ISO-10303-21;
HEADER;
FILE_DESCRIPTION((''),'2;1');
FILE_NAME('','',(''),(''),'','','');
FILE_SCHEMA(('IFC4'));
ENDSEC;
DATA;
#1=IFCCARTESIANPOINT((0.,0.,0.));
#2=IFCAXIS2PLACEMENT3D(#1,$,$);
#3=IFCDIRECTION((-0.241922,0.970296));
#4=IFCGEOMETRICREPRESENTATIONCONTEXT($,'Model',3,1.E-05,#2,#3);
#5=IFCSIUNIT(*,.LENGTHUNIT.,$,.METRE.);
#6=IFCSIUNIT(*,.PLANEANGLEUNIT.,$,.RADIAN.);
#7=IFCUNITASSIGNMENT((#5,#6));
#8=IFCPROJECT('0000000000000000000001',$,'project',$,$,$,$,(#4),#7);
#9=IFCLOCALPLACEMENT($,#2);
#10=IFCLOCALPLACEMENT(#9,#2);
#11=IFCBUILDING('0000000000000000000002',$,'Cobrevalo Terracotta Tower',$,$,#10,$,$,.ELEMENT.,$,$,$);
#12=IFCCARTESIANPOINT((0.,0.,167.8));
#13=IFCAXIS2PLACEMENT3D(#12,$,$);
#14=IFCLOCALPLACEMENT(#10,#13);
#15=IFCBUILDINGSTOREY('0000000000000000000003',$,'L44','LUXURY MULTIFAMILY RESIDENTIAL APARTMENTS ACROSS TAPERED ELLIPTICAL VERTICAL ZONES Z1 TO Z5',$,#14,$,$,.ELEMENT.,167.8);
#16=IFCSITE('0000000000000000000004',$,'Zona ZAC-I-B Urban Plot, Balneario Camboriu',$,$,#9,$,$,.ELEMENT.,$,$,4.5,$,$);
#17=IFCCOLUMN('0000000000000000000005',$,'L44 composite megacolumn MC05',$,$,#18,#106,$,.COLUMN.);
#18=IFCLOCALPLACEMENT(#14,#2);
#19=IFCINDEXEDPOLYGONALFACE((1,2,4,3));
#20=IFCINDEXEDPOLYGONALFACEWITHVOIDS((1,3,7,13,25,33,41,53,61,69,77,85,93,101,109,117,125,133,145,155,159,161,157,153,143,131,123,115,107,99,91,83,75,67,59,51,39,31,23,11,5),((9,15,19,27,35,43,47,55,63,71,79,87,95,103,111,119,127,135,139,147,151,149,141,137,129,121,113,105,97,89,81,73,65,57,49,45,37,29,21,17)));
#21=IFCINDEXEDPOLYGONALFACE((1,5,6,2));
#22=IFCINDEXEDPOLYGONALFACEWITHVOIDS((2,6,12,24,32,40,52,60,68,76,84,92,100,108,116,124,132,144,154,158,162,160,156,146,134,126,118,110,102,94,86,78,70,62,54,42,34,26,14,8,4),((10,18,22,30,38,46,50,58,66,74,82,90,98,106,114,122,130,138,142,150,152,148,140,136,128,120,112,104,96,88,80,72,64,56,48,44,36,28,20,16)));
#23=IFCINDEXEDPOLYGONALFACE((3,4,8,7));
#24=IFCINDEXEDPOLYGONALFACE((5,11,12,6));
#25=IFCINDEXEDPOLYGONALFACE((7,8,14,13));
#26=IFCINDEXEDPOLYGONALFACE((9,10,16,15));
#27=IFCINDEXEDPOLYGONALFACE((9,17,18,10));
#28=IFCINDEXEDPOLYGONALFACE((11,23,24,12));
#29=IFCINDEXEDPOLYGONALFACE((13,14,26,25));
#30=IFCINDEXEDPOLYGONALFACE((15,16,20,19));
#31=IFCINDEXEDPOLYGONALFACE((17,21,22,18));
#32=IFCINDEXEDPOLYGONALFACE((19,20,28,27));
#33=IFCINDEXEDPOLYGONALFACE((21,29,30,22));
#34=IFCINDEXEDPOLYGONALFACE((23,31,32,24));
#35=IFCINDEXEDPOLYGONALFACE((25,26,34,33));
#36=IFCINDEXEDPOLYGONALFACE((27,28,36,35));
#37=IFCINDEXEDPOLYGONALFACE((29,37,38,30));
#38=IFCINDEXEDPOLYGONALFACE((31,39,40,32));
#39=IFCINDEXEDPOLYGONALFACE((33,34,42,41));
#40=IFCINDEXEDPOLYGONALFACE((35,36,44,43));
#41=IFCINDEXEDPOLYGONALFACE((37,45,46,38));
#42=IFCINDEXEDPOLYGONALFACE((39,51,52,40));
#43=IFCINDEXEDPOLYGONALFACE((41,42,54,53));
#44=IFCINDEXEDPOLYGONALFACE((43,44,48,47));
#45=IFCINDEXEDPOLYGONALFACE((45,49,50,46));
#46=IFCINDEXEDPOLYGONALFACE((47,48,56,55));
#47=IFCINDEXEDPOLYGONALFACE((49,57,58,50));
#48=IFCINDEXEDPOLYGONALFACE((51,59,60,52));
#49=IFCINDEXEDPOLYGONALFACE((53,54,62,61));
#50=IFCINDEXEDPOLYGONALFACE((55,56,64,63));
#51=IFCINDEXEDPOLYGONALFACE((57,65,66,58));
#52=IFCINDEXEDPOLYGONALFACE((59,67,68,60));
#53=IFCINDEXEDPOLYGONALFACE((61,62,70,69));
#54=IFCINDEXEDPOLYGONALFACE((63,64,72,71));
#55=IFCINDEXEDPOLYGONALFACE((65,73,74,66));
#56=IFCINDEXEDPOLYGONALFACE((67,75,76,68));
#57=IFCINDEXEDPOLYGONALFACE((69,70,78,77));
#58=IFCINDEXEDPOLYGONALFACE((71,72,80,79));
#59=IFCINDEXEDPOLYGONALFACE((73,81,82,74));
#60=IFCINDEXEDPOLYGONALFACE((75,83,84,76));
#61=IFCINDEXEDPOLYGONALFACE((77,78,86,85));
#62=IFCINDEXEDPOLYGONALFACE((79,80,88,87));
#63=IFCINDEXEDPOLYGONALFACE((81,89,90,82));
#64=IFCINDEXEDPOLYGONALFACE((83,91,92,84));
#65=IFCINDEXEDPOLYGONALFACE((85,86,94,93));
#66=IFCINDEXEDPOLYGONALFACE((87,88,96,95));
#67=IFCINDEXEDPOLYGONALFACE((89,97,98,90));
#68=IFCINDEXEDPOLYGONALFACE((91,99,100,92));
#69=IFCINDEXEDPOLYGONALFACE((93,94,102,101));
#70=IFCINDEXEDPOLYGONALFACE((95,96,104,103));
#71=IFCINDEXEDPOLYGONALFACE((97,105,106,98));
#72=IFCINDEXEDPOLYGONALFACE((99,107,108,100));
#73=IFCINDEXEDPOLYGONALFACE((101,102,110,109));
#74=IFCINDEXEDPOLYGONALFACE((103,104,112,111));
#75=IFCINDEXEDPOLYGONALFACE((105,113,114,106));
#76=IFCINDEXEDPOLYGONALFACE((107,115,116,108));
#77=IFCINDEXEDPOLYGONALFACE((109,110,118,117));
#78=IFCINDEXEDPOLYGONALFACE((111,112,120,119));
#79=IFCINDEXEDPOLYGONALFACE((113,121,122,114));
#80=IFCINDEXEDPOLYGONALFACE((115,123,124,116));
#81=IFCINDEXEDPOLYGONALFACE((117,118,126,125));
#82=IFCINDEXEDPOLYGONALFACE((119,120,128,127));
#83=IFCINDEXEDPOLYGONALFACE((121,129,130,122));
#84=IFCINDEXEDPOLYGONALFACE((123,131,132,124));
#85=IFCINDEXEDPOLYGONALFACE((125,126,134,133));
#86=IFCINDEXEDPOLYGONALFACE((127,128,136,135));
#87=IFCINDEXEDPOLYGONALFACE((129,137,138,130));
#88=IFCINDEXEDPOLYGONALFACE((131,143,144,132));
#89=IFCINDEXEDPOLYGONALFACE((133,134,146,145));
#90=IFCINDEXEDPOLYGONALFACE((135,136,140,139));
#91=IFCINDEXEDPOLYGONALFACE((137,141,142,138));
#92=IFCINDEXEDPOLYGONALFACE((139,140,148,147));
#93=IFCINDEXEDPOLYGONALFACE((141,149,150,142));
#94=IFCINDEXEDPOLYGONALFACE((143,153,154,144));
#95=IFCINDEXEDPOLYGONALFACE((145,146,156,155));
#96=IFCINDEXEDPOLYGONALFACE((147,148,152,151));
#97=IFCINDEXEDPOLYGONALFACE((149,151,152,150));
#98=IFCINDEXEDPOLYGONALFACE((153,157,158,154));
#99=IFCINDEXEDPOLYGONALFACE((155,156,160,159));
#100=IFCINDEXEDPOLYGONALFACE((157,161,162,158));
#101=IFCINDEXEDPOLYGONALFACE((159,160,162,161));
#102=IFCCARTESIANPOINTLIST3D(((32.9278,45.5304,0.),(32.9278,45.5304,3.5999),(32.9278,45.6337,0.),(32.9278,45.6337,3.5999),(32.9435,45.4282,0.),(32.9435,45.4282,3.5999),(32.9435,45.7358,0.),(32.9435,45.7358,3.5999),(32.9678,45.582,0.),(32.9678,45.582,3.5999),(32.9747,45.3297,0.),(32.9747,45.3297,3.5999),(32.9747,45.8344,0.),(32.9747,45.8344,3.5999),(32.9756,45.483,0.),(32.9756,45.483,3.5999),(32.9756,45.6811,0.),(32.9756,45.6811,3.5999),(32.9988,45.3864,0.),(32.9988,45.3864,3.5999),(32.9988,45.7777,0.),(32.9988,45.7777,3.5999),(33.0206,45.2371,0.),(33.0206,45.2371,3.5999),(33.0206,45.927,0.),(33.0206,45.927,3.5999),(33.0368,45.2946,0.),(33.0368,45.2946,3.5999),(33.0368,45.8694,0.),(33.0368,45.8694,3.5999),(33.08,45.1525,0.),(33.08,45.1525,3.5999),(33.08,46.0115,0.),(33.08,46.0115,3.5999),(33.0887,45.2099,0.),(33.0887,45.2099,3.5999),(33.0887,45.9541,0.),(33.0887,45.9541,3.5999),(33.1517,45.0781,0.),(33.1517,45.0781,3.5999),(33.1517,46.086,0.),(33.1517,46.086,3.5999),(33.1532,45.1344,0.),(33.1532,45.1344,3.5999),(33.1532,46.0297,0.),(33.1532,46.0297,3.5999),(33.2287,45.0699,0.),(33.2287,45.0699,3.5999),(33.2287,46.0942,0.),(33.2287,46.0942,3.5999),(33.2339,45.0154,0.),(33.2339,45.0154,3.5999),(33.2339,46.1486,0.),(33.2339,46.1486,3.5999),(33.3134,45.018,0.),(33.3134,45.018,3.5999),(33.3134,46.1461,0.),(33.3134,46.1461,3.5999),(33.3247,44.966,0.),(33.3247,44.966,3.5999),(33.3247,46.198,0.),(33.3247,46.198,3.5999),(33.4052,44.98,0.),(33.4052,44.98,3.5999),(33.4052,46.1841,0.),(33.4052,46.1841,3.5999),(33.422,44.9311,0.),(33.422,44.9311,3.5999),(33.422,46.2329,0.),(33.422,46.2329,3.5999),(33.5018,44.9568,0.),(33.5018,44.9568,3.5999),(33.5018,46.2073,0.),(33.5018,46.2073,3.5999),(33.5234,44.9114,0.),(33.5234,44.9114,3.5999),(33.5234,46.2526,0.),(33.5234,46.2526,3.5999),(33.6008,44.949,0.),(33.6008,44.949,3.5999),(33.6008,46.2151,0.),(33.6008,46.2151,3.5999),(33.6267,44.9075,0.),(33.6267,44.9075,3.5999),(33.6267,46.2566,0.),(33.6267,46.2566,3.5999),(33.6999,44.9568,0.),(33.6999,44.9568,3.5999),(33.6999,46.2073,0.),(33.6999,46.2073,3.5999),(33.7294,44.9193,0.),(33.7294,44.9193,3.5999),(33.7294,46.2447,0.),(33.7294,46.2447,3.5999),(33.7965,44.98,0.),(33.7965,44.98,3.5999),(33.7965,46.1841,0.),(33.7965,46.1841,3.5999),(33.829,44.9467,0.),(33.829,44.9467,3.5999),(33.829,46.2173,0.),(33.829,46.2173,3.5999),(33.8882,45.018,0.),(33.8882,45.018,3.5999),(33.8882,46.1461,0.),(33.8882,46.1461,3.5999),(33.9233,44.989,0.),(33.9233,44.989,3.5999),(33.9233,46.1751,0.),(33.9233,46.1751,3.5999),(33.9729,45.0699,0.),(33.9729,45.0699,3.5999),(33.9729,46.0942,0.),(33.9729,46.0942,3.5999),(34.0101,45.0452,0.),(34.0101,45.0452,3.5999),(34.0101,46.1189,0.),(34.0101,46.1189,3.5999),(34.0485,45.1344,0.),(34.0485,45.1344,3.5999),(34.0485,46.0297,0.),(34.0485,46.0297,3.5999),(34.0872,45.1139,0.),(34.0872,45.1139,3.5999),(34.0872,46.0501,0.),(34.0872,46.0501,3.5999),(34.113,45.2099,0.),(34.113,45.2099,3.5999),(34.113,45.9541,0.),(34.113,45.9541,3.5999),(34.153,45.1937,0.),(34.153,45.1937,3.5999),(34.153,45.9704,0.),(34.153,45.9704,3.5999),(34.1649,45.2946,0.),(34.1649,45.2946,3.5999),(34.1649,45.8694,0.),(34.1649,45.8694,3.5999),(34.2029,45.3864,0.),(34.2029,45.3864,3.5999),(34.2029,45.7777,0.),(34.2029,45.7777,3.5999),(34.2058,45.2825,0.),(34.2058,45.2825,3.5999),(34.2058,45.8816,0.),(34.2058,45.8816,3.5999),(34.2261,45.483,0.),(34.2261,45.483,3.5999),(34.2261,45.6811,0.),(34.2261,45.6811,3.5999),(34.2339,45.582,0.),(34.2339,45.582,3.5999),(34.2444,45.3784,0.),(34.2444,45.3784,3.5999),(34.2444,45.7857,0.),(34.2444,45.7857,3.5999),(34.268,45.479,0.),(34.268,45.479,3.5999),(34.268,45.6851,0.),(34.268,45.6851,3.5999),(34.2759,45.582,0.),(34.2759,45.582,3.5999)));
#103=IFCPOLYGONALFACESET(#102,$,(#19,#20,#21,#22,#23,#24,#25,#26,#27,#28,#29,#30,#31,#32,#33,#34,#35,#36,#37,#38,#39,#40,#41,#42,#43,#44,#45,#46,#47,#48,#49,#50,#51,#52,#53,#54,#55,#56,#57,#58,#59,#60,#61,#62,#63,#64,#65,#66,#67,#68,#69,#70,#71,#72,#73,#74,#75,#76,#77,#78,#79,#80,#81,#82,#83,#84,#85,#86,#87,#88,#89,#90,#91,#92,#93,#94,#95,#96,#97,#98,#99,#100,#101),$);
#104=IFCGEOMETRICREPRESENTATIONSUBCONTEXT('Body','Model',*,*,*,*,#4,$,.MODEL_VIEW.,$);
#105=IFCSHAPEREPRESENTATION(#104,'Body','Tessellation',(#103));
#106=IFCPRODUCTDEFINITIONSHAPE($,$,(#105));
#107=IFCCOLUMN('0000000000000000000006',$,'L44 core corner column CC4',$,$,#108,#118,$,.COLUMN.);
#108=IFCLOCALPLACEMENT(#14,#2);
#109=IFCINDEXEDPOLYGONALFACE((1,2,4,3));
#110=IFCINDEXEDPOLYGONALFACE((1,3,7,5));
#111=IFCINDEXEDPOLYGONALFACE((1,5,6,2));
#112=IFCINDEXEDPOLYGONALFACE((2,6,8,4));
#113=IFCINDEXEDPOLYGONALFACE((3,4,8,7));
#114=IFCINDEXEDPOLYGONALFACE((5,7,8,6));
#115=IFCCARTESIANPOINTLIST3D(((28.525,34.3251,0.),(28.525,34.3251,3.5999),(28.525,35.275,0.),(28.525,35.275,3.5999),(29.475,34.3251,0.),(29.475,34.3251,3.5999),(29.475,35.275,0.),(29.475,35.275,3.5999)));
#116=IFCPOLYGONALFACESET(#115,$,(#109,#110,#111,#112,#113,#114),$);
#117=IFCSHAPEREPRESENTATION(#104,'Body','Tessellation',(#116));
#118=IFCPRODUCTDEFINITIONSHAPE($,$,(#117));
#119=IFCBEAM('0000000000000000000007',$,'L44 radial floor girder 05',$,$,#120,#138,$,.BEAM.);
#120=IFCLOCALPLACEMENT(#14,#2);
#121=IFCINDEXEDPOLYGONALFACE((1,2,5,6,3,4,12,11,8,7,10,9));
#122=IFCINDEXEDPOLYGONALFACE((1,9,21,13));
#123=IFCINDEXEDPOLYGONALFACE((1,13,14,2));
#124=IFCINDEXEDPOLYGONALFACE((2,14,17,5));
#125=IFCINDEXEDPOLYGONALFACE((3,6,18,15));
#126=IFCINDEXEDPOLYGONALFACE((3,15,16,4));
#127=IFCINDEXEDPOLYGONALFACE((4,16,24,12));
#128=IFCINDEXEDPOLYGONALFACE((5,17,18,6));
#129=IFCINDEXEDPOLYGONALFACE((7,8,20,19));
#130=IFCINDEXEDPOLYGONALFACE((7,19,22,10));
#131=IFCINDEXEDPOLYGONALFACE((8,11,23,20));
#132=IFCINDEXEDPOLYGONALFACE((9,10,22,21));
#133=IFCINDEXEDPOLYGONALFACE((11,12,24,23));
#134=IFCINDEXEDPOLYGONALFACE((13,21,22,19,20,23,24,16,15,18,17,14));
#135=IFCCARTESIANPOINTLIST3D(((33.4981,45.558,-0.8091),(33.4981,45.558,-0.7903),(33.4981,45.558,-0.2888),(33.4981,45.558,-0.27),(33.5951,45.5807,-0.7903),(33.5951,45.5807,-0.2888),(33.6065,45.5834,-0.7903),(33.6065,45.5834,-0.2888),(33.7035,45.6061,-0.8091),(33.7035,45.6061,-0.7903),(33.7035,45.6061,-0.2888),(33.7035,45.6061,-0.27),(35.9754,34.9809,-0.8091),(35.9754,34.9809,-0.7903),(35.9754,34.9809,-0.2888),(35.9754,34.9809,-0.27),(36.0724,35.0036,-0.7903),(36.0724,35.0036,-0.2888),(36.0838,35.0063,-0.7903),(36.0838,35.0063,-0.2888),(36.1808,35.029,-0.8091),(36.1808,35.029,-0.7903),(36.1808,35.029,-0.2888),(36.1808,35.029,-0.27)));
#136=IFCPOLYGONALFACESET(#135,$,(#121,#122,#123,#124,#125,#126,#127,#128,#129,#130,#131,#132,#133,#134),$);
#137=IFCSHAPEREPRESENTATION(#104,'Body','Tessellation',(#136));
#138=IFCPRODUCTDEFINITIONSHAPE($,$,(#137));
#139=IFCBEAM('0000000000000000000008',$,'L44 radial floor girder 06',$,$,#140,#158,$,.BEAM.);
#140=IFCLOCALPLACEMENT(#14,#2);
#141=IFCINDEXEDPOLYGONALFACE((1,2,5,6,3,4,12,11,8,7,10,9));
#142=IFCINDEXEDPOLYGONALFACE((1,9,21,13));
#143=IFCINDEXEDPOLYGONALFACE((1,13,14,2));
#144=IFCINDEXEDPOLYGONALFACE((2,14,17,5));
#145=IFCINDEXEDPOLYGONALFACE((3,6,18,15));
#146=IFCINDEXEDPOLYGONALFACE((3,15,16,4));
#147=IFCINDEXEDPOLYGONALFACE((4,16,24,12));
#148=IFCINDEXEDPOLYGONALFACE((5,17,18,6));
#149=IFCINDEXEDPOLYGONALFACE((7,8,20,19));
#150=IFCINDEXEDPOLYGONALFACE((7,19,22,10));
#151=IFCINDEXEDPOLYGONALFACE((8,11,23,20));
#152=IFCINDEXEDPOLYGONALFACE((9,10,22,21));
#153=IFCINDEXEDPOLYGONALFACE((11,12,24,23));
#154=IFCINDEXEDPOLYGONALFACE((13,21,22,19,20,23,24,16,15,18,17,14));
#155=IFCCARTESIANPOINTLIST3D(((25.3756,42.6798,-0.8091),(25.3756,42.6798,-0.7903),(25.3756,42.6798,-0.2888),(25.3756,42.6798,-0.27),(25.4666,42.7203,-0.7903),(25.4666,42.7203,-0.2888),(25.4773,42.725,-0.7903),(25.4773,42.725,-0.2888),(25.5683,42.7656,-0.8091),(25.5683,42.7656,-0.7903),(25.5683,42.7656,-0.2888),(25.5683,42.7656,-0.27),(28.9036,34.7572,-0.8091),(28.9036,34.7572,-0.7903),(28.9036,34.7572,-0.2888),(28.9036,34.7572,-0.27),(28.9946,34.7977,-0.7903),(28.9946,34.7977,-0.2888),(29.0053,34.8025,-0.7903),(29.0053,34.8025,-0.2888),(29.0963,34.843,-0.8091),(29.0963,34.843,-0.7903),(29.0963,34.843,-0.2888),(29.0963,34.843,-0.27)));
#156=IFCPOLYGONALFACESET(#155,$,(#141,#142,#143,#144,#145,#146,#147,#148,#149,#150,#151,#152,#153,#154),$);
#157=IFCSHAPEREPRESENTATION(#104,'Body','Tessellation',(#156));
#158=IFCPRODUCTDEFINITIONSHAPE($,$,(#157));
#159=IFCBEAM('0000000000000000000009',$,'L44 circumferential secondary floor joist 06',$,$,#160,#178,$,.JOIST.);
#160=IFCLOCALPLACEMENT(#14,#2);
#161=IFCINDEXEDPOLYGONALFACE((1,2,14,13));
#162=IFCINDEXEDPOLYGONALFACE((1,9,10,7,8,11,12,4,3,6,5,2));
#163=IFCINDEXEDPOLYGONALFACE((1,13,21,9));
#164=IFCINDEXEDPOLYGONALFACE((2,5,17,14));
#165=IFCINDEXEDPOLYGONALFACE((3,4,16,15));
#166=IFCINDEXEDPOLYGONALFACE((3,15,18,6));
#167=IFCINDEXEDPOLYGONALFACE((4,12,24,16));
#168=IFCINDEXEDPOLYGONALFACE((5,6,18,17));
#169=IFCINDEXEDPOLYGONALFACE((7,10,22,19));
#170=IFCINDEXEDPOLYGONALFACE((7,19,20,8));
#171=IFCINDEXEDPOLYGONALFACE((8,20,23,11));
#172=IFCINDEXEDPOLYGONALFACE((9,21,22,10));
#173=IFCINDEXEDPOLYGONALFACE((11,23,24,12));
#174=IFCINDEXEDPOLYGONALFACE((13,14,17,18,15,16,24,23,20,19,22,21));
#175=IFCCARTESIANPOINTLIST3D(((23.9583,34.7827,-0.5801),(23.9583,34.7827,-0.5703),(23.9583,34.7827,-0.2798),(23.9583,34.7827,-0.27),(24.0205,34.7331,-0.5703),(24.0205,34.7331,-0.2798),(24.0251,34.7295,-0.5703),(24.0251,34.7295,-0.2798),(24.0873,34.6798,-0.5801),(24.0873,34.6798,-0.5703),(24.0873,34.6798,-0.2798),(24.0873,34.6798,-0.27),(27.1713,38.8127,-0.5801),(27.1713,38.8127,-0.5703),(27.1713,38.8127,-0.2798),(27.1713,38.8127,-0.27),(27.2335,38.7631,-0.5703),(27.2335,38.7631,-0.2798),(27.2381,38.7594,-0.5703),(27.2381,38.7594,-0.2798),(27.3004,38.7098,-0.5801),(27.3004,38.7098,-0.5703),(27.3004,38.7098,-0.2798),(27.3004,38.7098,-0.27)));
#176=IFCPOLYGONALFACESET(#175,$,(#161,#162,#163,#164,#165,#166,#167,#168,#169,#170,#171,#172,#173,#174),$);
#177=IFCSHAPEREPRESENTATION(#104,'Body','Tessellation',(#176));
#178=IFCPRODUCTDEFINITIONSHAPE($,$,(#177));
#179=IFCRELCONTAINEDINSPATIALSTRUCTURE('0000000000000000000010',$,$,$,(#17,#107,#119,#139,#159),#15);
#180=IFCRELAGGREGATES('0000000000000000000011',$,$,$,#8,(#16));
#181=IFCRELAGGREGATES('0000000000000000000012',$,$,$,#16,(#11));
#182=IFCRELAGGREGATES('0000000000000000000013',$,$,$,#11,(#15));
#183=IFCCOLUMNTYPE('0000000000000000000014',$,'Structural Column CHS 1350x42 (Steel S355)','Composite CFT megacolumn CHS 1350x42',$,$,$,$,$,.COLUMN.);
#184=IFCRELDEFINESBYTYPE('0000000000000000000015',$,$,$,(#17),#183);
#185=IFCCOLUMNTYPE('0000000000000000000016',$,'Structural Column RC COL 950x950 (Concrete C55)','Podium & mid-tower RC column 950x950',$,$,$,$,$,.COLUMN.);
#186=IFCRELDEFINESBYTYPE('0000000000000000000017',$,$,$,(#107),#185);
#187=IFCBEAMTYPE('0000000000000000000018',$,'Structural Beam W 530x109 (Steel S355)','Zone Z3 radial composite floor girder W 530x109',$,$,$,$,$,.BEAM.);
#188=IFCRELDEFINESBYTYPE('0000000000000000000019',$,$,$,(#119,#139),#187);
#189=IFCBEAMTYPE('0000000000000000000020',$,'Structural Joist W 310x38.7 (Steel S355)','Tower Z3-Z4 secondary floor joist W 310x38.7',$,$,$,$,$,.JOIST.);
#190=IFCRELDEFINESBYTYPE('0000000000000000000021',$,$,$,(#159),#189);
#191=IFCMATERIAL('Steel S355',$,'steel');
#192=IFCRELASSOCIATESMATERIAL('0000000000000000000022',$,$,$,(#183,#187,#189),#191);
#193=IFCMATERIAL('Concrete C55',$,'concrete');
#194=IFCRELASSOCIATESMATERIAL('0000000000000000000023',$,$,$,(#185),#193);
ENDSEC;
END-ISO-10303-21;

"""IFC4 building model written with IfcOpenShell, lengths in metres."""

from ifc_helpers import new_model, si_unit, direction, frame, origin, origin_2d, place, context, subcontext, project, spatial, rectangle, hollow_circle, i_section, extrude, material, material_profile, profile_set, type_object, element, save


model = new_model("IFC4")

# Units and contexts
model_context = context("Model", 3, precision=1e-05, world=origin(), true_north=direction((-0.241922, 0.970296)))
body_context = subcontext(model_context, "Body", "Model", "MODEL_VIEW")
ifc_project = project(units=[si_unit("LENGTHUNIT", "METRE"), si_unit("PLANEANGLEUNIT", "RADIAN")], contexts=[model_context])

# Site, building, storey
site_placement = place(None, origin())
site = spatial("IfcSite", under=ifc_project, at=site_placement, Name="Zona ZAC-I-B Urban Plot, Balneario Camboriu", CompositionType="ELEMENT", RefElevation=4.5)
building_placement = place(site_placement, origin())
building = spatial("IfcBuilding", under=site, at=building_placement, Name="Cobrevalo Terracotta Tower", CompositionType="ELEMENT")
storey_placement = place(building_placement, frame((0.0, 0.0, 167.8)))
storey = spatial("IfcBuildingStorey", under=building, at=storey_placement, Name="L44", Description="LUXURY MULTIFAMILY RESIDENTIAL APARTMENTS ACROSS TAPERED ELLIPTICAL VERTICAL ZONES Z1 TO Z5", CompositionType="ELEMENT", Elevation=167.8)

# Columns
ifc_material_1 = material(Name="Steel S355", Category="steel")
ifc_material_profile_1 = material_profile(ifc_material_1, hollow_circle(Radius=0.675, WallThickness=0.042, at=origin_2d()), Name="CHS 1350x42")
ifc_profile_set_1 = profile_set([ifc_material_profile_1], Name="Steel S355")
column_type_1 = type_object("IfcColumnType", Name="Structural Column CHS 1350x42 (Steel S355)", Description="Composite CFT megacolumn CHS 1350x42", PredefinedType="COLUMN", material=ifc_profile_set_1)
column_1_placement = place(storey_placement, frame((33.6008, 45.582, 0.0), z_axis=(0.0, 0.0, 1.0), x_axis=(1.0, 0.0, 0.0)))
element("IfcColumn", 1, at=column_1_placement, inside=storey, type_object=column_type_1, Name="L44 composite megacolumn MC05", PredefinedType="COLUMN", context=body_context, shape_type="SweptSolid", body=[
    extrude(hollow_circle(Radius=0.675, WallThickness=0.042, at=origin_2d()), origin(), (0.0, 0.0, 1.0), 3.5999),
])
ifc_material_2 = material(Name="Concrete C55", Category="concrete")
ifc_material_profile_2 = material_profile(ifc_material_2, rectangle(XDim=0.95, YDim=0.95, at=origin_2d()), Name="RC COL 950x950")
ifc_profile_set_2 = profile_set([ifc_material_profile_2], Name="Concrete C55")
column_type_2 = type_object("IfcColumnType", Name="Structural Column RC COL 950x950 (Concrete C55)", Description="Podium & mid-tower RC column 950x950", PredefinedType="COLUMN", material=ifc_profile_set_2)
column_2_placement = place(storey_placement, frame((29.0, 34.8, 0.0), z_axis=(0.0, 0.0, 1.0), x_axis=(1.0, 0.0, 0.0)))
element("IfcColumn", 2, at=column_2_placement, inside=storey, type_object=column_type_2, Name="L44 core corner column CC4", PredefinedType="COLUMN", context=body_context, shape_type="SweptSolid", body=[
    extrude(rectangle(XDim=0.95, YDim=0.95, at=origin_2d()), origin(), (0.0, 0.0, 1.0), 3.5999),
])

# Beams
ifc_material_profile_3 = material_profile(ifc_material_1, i_section(OverallWidth=0.2109, OverallDepth=0.5391, WebThickness=0.0117, FlangeThickness=0.0188, at=origin_2d()), Name="W 530x109")
ifc_profile_set_3 = profile_set([ifc_material_profile_3], Name="Steel S355")
beam_type_1 = type_object("IfcBeamType", Name="Structural Beam W 530x109 (Steel S355)", Description="Zone Z3 radial composite floor girder W 530x109", PredefinedType="BEAM", material=ifc_profile_set_3)
beam_1_placement = place(storey_placement, frame((33.6008, 45.582, -0.5396), z_axis=(0.228041, -0.973652, 0.0), x_axis=(0.973652, 0.228041, 0.0)))
element("IfcBeam", 3, at=beam_1_placement, inside=storey, type_object=beam_type_1, Name="L44 radial floor girder 05", PredefinedType="BEAM", context=body_context, shape_type="SweptSolid", body=[
    extrude(i_section(OverallWidth=0.2109, OverallDepth=0.5391, WebThickness=0.0117, FlangeThickness=0.0188, at=origin_2d()), origin(), (0.0, 0.0, 1.0), 10.8633),
])
beam_2_placement = place(storey_placement, frame((25.4719, 42.7227, -0.5396), z_axis=(0.406804, -0.913515, 0.0), x_axis=(0.913515, 0.406804, 0.0)))
element("IfcBeam", 4, at=beam_2_placement, inside=storey, type_object=beam_type_1, Name="L44 radial floor girder 06", PredefinedType="BEAM", context=body_context, shape_type="SweptSolid", body=[
    extrude(i_section(OverallWidth=0.2109, OverallDepth=0.5391, WebThickness=0.0117, FlangeThickness=0.0188, at=origin_2d()), origin(), (0.0, 0.0, 1.0), 8.6726),
])
ifc_material_profile_4 = material_profile(ifc_material_1, i_section(OverallWidth=0.165, OverallDepth=0.3101, WebThickness=0.0059, FlangeThickness=0.0098, at=origin_2d()), Name="W 310x38.7")
ifc_profile_set_4 = profile_set([ifc_material_profile_4], Name="Steel S355")
beam_type_2 = type_object("IfcBeamType", Name="Structural Joist W 310x38.7 (Steel S355)", Description="Tower Z3-Z4 secondary floor joist W 310x38.7", PredefinedType="JOIST", material=ifc_profile_set_4)
beam_3_placement = place(storey_placement, frame((27.2358, 38.7612, -0.425), z_axis=(-0.623406, -0.781898, 0.0), x_axis=(0.781898, -0.623406, 0.0)))
element("IfcBeam", 5, at=beam_3_placement, inside=storey, type_object=beam_type_2, Name="L44 circumferential secondary floor joist 06", PredefinedType="JOIST", context=body_context, shape_type="SweptSolid", body=[
    extrude(i_section(OverallWidth=0.165, OverallDepth=0.3101, WebThickness=0.0059, FlangeThickness=0.0098, at=origin_2d()), origin(), (0.0, 0.0, 1.0), 5.1541),
])

save(model, "model.ifc")
